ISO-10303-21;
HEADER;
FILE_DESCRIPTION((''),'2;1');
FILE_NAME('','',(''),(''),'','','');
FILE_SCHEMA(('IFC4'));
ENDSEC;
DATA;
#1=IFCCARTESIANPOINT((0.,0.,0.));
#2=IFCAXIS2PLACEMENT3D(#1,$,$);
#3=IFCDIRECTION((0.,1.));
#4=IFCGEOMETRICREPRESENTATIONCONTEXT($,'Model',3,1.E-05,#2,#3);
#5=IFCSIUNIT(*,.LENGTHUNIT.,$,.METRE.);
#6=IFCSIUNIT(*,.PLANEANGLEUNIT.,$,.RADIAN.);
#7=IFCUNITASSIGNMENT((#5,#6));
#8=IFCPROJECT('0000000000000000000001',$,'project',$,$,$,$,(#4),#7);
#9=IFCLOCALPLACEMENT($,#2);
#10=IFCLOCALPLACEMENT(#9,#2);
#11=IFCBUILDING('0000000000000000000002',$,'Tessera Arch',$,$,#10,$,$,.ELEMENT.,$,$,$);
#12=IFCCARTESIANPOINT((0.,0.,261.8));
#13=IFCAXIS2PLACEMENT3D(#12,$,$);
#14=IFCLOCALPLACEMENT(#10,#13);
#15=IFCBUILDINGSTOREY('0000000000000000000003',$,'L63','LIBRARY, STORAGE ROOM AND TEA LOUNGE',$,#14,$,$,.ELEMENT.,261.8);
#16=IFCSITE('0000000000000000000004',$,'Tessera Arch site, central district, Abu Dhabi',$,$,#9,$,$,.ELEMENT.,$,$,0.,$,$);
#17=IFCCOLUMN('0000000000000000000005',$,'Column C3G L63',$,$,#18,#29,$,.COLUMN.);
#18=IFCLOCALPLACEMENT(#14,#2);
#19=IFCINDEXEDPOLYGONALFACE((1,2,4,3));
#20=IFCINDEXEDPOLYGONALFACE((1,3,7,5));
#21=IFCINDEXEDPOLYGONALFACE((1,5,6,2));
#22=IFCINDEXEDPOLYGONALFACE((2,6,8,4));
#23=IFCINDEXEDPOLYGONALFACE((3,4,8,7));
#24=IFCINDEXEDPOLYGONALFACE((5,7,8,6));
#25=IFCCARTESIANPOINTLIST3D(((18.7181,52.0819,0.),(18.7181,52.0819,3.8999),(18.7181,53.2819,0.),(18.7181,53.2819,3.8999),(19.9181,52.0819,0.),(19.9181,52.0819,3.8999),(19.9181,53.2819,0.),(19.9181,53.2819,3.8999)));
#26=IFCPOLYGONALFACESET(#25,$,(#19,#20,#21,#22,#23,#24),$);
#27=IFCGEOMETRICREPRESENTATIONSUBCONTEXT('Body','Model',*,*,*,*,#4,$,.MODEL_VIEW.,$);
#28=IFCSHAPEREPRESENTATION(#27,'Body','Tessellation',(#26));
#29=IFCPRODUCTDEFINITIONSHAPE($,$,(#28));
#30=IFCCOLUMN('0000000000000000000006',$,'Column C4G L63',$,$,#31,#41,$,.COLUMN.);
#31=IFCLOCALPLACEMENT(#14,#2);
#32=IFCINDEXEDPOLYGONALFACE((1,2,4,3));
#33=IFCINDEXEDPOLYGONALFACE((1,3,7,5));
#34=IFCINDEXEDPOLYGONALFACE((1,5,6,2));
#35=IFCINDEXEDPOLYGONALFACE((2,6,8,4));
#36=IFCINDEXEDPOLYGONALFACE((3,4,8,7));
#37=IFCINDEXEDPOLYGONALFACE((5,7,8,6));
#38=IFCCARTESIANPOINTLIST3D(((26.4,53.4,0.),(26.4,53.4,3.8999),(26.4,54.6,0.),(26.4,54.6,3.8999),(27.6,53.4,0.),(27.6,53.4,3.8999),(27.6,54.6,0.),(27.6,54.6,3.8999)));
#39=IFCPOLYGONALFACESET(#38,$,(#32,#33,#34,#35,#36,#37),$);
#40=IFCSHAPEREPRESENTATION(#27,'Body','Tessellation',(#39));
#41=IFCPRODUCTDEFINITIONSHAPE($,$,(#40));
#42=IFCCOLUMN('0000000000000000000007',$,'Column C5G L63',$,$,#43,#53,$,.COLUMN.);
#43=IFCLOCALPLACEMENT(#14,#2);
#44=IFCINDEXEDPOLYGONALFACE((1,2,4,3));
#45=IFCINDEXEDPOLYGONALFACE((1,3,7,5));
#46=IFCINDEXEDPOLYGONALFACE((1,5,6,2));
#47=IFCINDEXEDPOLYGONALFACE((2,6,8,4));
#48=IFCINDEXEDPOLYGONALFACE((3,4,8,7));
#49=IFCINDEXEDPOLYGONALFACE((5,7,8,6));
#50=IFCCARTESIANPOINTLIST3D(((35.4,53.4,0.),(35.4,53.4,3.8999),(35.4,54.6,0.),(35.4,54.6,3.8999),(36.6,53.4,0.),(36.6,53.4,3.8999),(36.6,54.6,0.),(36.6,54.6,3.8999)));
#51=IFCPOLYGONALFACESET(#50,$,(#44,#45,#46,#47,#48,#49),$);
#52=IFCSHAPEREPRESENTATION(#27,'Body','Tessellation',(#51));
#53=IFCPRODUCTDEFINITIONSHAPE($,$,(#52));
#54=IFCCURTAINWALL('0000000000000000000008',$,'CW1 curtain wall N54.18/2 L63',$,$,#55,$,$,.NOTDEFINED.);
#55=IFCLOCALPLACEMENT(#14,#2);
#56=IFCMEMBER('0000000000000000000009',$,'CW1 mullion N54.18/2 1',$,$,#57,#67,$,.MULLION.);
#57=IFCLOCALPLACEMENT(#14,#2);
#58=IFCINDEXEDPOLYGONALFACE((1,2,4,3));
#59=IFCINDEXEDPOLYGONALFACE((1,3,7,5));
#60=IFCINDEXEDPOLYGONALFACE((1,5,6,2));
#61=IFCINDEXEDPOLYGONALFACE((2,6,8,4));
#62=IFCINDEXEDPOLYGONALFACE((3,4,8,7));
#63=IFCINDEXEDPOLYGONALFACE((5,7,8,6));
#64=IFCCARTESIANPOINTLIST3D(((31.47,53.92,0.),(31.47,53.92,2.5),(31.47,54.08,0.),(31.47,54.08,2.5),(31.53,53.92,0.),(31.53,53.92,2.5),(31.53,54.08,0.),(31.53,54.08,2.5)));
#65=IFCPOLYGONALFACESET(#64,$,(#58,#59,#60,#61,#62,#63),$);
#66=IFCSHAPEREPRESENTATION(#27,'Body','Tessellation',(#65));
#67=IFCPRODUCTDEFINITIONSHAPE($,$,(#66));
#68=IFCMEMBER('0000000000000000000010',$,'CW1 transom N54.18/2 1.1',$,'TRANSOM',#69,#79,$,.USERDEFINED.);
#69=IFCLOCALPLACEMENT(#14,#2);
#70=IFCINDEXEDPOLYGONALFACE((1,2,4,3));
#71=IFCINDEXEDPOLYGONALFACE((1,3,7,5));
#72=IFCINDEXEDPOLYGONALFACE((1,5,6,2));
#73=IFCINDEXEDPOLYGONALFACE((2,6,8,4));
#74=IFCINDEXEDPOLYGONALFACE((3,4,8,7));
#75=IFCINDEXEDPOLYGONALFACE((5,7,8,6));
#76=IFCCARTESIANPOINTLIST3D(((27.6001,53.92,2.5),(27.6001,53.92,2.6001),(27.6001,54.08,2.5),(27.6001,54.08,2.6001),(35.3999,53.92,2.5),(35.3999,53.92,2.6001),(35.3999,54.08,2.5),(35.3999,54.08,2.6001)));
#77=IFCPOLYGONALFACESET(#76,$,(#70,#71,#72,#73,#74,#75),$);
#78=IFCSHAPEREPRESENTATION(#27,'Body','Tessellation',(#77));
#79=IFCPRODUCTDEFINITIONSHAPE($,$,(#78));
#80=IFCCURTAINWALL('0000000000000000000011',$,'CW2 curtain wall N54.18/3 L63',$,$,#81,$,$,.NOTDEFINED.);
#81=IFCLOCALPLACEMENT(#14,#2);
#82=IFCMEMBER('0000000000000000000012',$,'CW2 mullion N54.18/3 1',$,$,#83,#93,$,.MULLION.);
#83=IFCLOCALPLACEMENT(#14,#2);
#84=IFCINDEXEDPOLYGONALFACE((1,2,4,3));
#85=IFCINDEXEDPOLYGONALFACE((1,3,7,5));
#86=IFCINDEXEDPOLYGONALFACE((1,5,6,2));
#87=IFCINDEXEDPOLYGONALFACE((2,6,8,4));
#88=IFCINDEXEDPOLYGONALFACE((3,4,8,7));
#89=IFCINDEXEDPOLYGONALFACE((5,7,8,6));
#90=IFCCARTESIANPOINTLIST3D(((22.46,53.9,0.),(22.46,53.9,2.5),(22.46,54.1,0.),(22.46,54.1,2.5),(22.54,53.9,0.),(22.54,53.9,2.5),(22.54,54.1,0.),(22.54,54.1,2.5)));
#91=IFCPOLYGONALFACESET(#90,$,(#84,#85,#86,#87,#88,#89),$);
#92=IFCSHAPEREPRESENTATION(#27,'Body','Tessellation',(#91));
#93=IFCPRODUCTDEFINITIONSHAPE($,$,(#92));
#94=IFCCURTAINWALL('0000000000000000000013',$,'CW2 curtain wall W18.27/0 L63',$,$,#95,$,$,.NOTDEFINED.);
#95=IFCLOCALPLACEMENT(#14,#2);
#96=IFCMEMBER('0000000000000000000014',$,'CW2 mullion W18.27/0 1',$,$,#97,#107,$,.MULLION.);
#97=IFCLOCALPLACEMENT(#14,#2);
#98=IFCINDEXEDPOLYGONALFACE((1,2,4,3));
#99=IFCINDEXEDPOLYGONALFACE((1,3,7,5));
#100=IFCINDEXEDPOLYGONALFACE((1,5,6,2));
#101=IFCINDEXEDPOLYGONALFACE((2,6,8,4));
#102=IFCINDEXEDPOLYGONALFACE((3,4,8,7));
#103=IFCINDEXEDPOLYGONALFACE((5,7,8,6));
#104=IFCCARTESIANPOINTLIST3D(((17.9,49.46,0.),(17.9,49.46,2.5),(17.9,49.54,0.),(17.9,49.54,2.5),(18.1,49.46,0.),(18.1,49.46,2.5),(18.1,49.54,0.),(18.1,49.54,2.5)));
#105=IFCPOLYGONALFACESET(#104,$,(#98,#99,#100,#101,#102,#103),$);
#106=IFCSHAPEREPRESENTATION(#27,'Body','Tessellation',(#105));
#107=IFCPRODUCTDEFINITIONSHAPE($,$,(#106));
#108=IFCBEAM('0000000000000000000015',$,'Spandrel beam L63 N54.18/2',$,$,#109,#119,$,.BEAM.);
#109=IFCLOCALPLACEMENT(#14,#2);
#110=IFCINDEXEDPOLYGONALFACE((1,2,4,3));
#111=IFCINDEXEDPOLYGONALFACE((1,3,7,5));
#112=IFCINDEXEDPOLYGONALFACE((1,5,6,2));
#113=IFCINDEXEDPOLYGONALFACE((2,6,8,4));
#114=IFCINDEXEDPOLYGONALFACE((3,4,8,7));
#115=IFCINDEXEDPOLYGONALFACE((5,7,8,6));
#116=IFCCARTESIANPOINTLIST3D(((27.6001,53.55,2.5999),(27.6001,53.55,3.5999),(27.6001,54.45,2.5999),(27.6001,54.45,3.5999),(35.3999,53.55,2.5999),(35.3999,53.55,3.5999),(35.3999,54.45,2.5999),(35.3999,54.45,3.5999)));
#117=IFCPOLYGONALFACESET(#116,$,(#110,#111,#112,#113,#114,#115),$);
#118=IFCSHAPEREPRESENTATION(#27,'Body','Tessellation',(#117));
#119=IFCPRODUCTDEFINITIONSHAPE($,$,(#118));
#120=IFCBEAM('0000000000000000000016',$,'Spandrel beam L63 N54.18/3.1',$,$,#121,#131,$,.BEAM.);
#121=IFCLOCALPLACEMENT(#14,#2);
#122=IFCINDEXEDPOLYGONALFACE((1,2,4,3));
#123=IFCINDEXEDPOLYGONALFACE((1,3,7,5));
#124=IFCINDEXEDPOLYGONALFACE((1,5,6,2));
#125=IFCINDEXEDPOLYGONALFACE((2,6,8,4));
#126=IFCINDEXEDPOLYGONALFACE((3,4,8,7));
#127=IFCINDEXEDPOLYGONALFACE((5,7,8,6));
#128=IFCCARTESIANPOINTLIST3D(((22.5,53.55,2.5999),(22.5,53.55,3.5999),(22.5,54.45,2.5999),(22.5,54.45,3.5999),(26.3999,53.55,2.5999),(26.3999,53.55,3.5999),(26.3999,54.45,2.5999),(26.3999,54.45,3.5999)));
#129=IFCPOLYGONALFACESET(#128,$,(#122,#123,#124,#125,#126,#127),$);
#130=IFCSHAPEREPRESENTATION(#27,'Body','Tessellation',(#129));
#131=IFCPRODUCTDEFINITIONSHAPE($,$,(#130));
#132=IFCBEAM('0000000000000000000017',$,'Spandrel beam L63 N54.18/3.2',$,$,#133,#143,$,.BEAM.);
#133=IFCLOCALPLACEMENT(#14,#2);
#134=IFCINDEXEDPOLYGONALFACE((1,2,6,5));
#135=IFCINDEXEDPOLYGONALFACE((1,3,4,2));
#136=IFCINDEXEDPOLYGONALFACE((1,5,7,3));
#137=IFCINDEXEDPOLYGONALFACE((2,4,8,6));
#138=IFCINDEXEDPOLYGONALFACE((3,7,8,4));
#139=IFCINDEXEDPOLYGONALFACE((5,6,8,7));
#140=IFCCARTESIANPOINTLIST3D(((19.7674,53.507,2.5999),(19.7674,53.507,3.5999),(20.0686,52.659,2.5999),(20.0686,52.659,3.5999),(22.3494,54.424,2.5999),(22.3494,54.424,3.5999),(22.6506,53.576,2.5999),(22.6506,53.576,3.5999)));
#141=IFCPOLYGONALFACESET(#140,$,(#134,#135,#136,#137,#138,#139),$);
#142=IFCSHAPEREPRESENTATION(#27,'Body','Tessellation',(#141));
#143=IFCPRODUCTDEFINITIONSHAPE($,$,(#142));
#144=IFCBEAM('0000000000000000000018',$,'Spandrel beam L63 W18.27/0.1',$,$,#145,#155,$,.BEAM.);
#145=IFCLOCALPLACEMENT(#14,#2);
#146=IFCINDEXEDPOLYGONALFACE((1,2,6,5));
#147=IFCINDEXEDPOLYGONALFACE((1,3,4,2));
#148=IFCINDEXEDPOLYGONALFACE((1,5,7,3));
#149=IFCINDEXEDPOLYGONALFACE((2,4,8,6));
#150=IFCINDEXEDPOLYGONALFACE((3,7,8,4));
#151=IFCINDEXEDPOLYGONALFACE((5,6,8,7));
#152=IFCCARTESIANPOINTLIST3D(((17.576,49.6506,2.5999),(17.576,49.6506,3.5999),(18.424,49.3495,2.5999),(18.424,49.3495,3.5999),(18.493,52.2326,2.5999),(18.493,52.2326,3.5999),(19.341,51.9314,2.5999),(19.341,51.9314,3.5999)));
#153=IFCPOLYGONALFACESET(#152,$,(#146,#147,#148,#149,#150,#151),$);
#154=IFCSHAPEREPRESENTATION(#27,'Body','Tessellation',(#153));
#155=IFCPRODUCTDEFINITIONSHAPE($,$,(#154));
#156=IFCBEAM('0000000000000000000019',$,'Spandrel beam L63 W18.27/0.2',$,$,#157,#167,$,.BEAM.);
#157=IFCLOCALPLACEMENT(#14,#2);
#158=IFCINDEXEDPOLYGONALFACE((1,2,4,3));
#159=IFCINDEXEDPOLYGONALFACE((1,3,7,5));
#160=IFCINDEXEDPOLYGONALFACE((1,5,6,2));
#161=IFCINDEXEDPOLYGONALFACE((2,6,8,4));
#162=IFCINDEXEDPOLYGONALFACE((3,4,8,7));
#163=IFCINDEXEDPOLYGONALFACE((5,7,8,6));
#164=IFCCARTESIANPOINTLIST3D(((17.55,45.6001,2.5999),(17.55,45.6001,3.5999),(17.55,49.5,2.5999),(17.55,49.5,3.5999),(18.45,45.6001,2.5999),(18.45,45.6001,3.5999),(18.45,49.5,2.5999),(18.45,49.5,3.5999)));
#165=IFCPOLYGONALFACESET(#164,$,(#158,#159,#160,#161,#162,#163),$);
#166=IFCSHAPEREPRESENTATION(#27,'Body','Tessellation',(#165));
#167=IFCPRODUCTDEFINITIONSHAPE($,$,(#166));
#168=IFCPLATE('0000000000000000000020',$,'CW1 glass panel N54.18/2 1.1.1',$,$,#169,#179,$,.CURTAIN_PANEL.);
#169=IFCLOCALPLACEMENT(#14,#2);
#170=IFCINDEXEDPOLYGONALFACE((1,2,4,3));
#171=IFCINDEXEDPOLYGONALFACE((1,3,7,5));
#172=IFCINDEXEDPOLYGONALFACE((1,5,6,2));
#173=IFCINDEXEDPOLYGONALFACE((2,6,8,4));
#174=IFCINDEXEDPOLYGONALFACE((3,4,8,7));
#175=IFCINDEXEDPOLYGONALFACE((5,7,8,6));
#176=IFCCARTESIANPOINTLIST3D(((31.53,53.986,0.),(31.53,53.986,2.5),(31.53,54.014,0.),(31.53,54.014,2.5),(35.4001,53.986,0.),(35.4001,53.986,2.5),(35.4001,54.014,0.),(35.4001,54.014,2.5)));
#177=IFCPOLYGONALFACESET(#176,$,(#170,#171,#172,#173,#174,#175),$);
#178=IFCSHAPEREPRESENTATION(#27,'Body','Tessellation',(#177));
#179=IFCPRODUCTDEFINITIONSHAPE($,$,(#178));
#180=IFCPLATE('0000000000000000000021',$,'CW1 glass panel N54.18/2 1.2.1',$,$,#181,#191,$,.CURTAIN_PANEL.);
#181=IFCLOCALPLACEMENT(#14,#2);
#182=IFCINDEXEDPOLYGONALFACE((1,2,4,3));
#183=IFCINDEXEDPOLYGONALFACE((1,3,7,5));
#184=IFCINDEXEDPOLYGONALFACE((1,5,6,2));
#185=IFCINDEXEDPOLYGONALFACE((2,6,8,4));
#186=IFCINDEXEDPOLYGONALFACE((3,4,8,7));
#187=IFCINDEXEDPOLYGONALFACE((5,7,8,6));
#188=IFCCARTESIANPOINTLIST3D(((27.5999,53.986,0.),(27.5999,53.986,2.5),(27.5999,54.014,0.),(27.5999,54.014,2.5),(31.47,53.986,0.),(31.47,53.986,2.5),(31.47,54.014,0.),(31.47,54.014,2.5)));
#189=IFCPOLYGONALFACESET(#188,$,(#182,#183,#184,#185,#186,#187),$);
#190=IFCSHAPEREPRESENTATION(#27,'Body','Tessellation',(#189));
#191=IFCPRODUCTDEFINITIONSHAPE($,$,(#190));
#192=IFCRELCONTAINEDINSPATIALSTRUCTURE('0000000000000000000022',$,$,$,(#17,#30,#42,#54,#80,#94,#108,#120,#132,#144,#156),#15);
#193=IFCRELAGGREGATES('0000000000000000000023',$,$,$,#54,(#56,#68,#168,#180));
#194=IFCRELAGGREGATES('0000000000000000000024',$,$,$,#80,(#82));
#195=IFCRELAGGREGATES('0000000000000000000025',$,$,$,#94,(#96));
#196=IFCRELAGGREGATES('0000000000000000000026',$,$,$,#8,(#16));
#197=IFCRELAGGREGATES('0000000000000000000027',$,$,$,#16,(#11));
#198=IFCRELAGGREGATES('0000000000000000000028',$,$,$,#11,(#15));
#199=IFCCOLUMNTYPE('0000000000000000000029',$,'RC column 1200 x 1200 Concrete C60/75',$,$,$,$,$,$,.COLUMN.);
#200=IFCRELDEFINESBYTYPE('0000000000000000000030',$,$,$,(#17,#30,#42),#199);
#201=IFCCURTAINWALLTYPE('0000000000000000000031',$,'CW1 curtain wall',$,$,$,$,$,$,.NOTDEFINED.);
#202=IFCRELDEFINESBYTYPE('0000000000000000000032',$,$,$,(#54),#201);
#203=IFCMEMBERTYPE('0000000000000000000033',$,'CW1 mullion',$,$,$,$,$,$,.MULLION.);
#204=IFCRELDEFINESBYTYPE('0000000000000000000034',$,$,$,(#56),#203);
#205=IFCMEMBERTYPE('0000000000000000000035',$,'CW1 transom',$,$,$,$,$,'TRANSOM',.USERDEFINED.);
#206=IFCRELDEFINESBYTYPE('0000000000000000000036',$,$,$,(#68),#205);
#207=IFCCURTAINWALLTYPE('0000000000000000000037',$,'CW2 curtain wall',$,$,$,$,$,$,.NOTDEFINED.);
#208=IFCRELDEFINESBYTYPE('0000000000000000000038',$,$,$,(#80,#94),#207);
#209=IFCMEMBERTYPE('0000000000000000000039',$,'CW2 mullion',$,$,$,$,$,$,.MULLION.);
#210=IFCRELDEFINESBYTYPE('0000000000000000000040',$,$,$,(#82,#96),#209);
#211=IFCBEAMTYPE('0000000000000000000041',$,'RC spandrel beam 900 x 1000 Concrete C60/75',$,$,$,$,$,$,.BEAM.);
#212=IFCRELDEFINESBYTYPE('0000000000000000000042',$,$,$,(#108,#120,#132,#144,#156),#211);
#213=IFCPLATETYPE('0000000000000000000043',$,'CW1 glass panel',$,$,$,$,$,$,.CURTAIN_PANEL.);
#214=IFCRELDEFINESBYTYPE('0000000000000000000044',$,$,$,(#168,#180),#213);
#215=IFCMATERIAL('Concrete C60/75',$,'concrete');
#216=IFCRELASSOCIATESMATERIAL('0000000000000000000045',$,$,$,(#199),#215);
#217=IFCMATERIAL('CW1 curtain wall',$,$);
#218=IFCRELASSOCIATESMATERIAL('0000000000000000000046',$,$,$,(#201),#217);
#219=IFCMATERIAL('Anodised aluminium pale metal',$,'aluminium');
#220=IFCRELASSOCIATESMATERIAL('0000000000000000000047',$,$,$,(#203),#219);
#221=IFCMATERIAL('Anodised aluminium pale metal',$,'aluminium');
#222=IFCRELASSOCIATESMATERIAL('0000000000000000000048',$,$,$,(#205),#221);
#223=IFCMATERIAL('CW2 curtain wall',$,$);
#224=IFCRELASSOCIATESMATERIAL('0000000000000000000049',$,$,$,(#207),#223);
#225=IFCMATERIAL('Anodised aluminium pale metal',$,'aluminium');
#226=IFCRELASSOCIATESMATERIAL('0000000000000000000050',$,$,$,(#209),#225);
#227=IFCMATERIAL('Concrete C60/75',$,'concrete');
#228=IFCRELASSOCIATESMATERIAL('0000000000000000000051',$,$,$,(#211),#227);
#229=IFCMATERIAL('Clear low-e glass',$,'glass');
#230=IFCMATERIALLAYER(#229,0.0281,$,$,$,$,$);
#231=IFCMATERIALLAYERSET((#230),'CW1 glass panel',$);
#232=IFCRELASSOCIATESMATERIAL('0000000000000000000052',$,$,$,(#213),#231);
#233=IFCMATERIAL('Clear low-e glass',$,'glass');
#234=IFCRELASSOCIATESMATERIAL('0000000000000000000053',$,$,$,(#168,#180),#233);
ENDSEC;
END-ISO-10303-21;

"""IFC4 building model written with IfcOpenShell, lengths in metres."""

from ifc_helpers import new_model, si_unit, direction, frame, origin, origin_2d, place, context, subcontext, project, spatial, rectangle, extrude, material, layer, layer_set, material_profile, profile_set, type_object, element, aggregate, save


model = new_model("IFC4")

# Units and contexts
model_context = context("Model", 3, precision=1e-05, world=origin(), true_north=direction((0.0, 1.0)))
body_context = subcontext(model_context, "Body", "Model", "MODEL_VIEW")
ifc_project = project(units=[si_unit("LENGTHUNIT", "METRE"), si_unit("PLANEANGLEUNIT", "RADIAN")], contexts=[model_context])

# Site, building, storey
site_placement = place(None, origin())
site = spatial("IfcSite", under=ifc_project, at=site_placement, Name="Tessera Arch site, central district, Abu Dhabi", CompositionType="ELEMENT", RefElevation=0.0)
building_placement = place(site_placement, origin())
building = spatial("IfcBuilding", under=site, at=building_placement, Name="Tessera Arch", CompositionType="ELEMENT")
storey_placement = place(building_placement, frame((0.0, 0.0, 261.8)))
storey = spatial("IfcBuildingStorey", under=building, at=storey_placement, Name="L63", Description="LIBRARY, STORAGE ROOM AND TEA LOUNGE", CompositionType="ELEMENT", Elevation=261.8)

# Columns
ifc_material_1 = material(Name="Concrete C60/75", Category="concrete")
ifc_material_profile_1 = material_profile(ifc_material_1, rectangle(XDim=1.2, YDim=1.2, at=origin_2d()), Name="RC column 1200 x 1200 Concrete C60/75")
ifc_profile_set_1 = profile_set([ifc_material_profile_1], Name="Concrete C60/75")
column_type = type_object("IfcColumnType", Name="RC column 1200 x 1200 Concrete C60/75", PredefinedType="COLUMN", material=ifc_profile_set_1)
for number, where, z_axis, x_axis, name in (
    (1, (19.3181, 52.6819, 0.0), (0.0, 0.0, 1.0), (1.0, 0.0, 0.0), "Column C3G L63"),
    (2, (27.0, 54.0, 0.0), (0.0, 0.0, 1.0), (1.0, 0.0, 0.0), "Column C4G L63"),
    (3, (36.0, 54.0, 0.0), (0.0, 0.0, 1.0), (1.0, 0.0, 0.0), "Column C5G L63"),
):
    element("IfcColumn", number, at=place(storey_placement, frame(where, z_axis=z_axis, x_axis=x_axis)), inside=storey, type_object=column_type, Name=name, PredefinedType="COLUMN", context=body_context, shape_type="SweptSolid", body=[
        extrude(rectangle(XDim=1.2, YDim=1.2, at=origin_2d()), origin(), (0.0, 0.0, 1.0), 3.8999),
    ])

# Curtain wall, members
ifc_material_2 = material(Name="CW1 curtain wall")
curtain_wall_type_1 = type_object("IfcCurtainWallType", Name="CW1 curtain wall", PredefinedType="NOTDEFINED", material=ifc_material_2)
curtain_wall_1_placement = place(storey_placement, origin())
curtain_wall_1 = element("IfcCurtainWall", 4, at=curtain_wall_1_placement, inside=storey, type_object=curtain_wall_type_1, Name="CW1 curtain wall N54.18/2 L63", PredefinedType="NOTDEFINED")
ifc_material_3 = material(Name="Anodised aluminium pale metal", Category="aluminium")
ifc_material_profile_2 = material_profile(ifc_material_3, rectangle(XDim=0.1599, YDim=0.0601, at=origin_2d()), Name="AL 60x160")
ifc_profile_set_2 = profile_set([ifc_material_profile_2], Name="Anodised aluminium pale metal")
member_type_1 = type_object("IfcMemberType", Name="CW1 mullion", PredefinedType="MULLION", material=ifc_profile_set_2)
member_1_placement = place(storey_placement, frame((31.5, 54.0, 0.0), z_axis=(0.0, 0.0, 1.0), x_axis=(0.0, -1.0, 0.0)))
member_1 = element("IfcMember", 5, at=member_1_placement, type_object=member_type_1, Name="CW1 mullion N54.18/2 1", PredefinedType="MULLION", context=body_context, shape_type="SweptSolid", body=[
    extrude(rectangle(XDim=0.1599, YDim=0.0601, at=origin_2d()), origin(), (0.0, 0.0, 1.0), 2.5),
])
ifc_material_4 = material(Name="Anodised aluminium pale metal", Category="aluminium")
ifc_material_profile_3 = material_profile(ifc_material_4, rectangle(XDim=0.1599, YDim=0.1001, at=origin_2d()), Name="AL 160x100")
ifc_profile_set_3 = profile_set([ifc_material_profile_3], Name="Anodised aluminium pale metal")
member_type_2 = type_object("IfcMemberType", Name="CW1 transom", ElementType="TRANSOM", PredefinedType="USERDEFINED", material=ifc_profile_set_3)
member_2_placement = place(storey_placement, frame((35.3999, 54.0, 2.55), z_axis=(-1.0, 0.0, 0.0), x_axis=(0.0, -1.0, 0.0)))
member_2 = element("IfcMember", 6, at=member_2_placement, type_object=member_type_2, Name="CW1 transom N54.18/2 1.1", ObjectType="TRANSOM", PredefinedType="USERDEFINED", context=body_context, shape_type="SweptSolid", body=[
    extrude(rectangle(XDim=0.1599, YDim=0.1001, at=origin_2d()), origin(), (0.0, 0.0, 1.0), 7.7998),
])

# Curtain walls, members
ifc_material_5 = material(Name="CW2 curtain wall")
curtain_wall_type_2 = type_object("IfcCurtainWallType", Name="CW2 curtain wall", PredefinedType="NOTDEFINED", material=ifc_material_5)
curtain_wall_2_placement = place(storey_placement, origin())
curtain_wall_2 = element("IfcCurtainWall", 7, at=curtain_wall_2_placement, inside=storey, type_object=curtain_wall_type_2, Name="CW2 curtain wall N54.18/3 L63", PredefinedType="NOTDEFINED")
ifc_material_6 = material(Name="Anodised aluminium pale metal", Category="aluminium")
ifc_material_profile_4 = material_profile(ifc_material_6, rectangle(XDim=0.2, YDim=0.0801, at=origin_2d()), Name="AL 80x200")
ifc_profile_set_4 = profile_set([ifc_material_profile_4], Name="Anodised aluminium pale metal")
member_type_3 = type_object("IfcMemberType", Name="CW2 mullion", PredefinedType="MULLION", material=ifc_profile_set_4)
member_3_placement = place(storey_placement, frame((22.5, 54.0, 0.0), z_axis=(0.0, 0.0, 1.0), x_axis=(0.0, -1.0, 0.0)))
member_3 = element("IfcMember", 8, at=member_3_placement, type_object=member_type_3, Name="CW2 mullion N54.18/3 1", PredefinedType="MULLION", context=body_context, shape_type="SweptSolid", body=[
    extrude(rectangle(XDim=0.2, YDim=0.0801, at=origin_2d()), origin(), (0.0, 0.0, 1.0), 2.5),
])
curtain_wall_3_placement = place(storey_placement, origin())
curtain_wall_3 = element("IfcCurtainWall", 9, at=curtain_wall_3_placement, inside=storey, type_object=curtain_wall_type_2, Name="CW2 curtain wall W18.27/0 L63", PredefinedType="NOTDEFINED")
member_4_placement = place(storey_placement, frame((18.0, 49.5, 0.0), z_axis=(0.0, 0.0, 1.0), x_axis=(1.0, 0.0, 0.0)))
member_4 = element("IfcMember", 10, at=member_4_placement, type_object=member_type_3, Name="CW2 mullion W18.27/0 1", PredefinedType="MULLION", context=body_context, shape_type="SweptSolid", body=[
    extrude(rectangle(XDim=0.2, YDim=0.0801, at=origin_2d()), origin(), (0.0, 0.0, 1.0), 2.5),
])

# Beams
ifc_material_7 = material(Name="Concrete C60/75", Category="concrete")
ifc_material_profile_5 = material_profile(ifc_material_7, rectangle(XDim=0.8999, YDim=1.0, at=origin_2d()), Name="RC spandrel beam 900 x 1000 Concrete C60/75")
ifc_profile_set_5 = profile_set([ifc_material_profile_5], Name="Concrete C60/75")
beam_type = type_object("IfcBeamType", Name="RC spandrel beam 900 x 1000 Concrete C60/75", PredefinedType="BEAM", material=ifc_profile_set_5)
beam_1_placement = place(storey_placement, frame((35.3999, 54.0, 3.0999), z_axis=(-1.0, 0.0, 0.0), x_axis=(0.0, -1.0, 0.0)))
element("IfcBeam", 11, at=beam_1_placement, inside=storey, type_object=beam_type, Name="Spandrel beam L63 N54.18/2", PredefinedType="BEAM", context=body_context, shape_type="SweptSolid", body=[
    extrude(rectangle(XDim=0.8999, YDim=1.0, at=origin_2d()), origin(), (0.0, 0.0, 1.0), 7.7998),
])
beam_2_placement = place(storey_placement, frame((26.3999, 54.0, 3.0999), z_axis=(-1.0, 0.0, 0.0), x_axis=(0.0, -1.0, 0.0)))
element("IfcBeam", 12, at=beam_2_placement, inside=storey, type_object=beam_type, Name="Spandrel beam L63 N54.18/3.1", PredefinedType="BEAM", context=body_context, shape_type="SweptSolid", body=[
    extrude(rectangle(XDim=0.8999, YDim=1.0, at=origin_2d()), origin(), (0.0, 0.0, 1.0), 3.8999),
])
for number, where, z_axis, x_axis, name in (
    (13, (22.5, 54.0, 3.0999), (-0.942337, -0.334665, 0.0), (0.334665, -0.942337, 0.0), "Spandrel beam L63 N54.18/3.2"),
    (14, (18.917, 52.082, 3.0999), (-0.334665, -0.942337, 0.0), (0.942337, -0.334665, 0.0), "Spandrel beam L63 W18.27/0.1"),
):
    element("IfcBeam", number, at=place(storey_placement, frame(where, z_axis=z_axis, x_axis=x_axis)), inside=storey, type_object=beam_type, Name=name, PredefinedType="BEAM", context=body_context, shape_type="SweptSolid", body=[
        extrude(rectangle(XDim=0.8999, YDim=1.0, at=origin_2d()), origin(), (0.0, 0.0, 1.0), 2.74),
    ])
beam_3_placement = place(storey_placement, frame((18.0, 49.5, 3.0999), z_axis=(0.0, -1.0, 0.0), x_axis=(1.0, 0.0, 0.0)))
element("IfcBeam", 15, at=beam_3_placement, inside=storey, type_object=beam_type, Name="Spandrel beam L63 W18.27/0.2", PredefinedType="BEAM", context=body_context, shape_type="SweptSolid", body=[
    extrude(rectangle(XDim=0.8999, YDim=1.0, at=origin_2d()), origin(), (0.0, 0.0, 1.0), 3.8999),
])

# Plates
ifc_material_8 = material(Name="Clear low-e glass", Category="glass")
ifc_material_9 = material(Name="Clear low-e glass", Category="glass")
ifc_layer_1 = layer(ifc_material_9, 0.0281)
ifc_layer_set_1 = layer_set([ifc_layer_1], Name="CW1 glass panel")
plate_type_1 = type_object("IfcPlateType", Name="CW1 glass panel", PredefinedType="CURTAIN_PANEL", material=ifc_layer_set_1)
plate_1_placement = place(storey_placement, frame((33.4651, 54.0, 0.0), z_axis=(0.0, 0.0, 1.0), x_axis=(-1.0, 0.0, 0.0)))
plate_1 = element("IfcPlate", 16, at=plate_1_placement, type_object=plate_type_1, material=ifc_material_8, Name="CW1 glass panel N54.18/2 1.1.1", PredefinedType="CURTAIN_PANEL", context=body_context, shape_type="SweptSolid", body=[
    extrude(rectangle(XDim=3.8701, YDim=0.0281, at=origin_2d()), origin(), (0.0, 0.0, 1.0), 2.5),
])
plate_2_placement = place(storey_placement, frame((29.5349, 54.0, 0.0), z_axis=(0.0, 0.0, 1.0), x_axis=(-1.0, 0.0, 0.0)))
plate_2 = element("IfcPlate", 17, at=plate_2_placement, type_object=plate_type_1, material=ifc_material_8, Name="CW1 glass panel N54.18/2 1.2.1", PredefinedType="CURTAIN_PANEL", context=body_context, shape_type="SweptSolid", body=[
    extrude(rectangle(XDim=3.8701, YDim=0.0281, at=origin_2d()), origin(), (0.0, 0.0, 1.0), 2.5),
])
aggregate(curtain_wall_1, [member_1, member_2, plate_1, plate_2])
aggregate(curtain_wall_2, [member_3])
aggregate(curtain_wall_3, [member_4])

save(model, "model.ifc")
